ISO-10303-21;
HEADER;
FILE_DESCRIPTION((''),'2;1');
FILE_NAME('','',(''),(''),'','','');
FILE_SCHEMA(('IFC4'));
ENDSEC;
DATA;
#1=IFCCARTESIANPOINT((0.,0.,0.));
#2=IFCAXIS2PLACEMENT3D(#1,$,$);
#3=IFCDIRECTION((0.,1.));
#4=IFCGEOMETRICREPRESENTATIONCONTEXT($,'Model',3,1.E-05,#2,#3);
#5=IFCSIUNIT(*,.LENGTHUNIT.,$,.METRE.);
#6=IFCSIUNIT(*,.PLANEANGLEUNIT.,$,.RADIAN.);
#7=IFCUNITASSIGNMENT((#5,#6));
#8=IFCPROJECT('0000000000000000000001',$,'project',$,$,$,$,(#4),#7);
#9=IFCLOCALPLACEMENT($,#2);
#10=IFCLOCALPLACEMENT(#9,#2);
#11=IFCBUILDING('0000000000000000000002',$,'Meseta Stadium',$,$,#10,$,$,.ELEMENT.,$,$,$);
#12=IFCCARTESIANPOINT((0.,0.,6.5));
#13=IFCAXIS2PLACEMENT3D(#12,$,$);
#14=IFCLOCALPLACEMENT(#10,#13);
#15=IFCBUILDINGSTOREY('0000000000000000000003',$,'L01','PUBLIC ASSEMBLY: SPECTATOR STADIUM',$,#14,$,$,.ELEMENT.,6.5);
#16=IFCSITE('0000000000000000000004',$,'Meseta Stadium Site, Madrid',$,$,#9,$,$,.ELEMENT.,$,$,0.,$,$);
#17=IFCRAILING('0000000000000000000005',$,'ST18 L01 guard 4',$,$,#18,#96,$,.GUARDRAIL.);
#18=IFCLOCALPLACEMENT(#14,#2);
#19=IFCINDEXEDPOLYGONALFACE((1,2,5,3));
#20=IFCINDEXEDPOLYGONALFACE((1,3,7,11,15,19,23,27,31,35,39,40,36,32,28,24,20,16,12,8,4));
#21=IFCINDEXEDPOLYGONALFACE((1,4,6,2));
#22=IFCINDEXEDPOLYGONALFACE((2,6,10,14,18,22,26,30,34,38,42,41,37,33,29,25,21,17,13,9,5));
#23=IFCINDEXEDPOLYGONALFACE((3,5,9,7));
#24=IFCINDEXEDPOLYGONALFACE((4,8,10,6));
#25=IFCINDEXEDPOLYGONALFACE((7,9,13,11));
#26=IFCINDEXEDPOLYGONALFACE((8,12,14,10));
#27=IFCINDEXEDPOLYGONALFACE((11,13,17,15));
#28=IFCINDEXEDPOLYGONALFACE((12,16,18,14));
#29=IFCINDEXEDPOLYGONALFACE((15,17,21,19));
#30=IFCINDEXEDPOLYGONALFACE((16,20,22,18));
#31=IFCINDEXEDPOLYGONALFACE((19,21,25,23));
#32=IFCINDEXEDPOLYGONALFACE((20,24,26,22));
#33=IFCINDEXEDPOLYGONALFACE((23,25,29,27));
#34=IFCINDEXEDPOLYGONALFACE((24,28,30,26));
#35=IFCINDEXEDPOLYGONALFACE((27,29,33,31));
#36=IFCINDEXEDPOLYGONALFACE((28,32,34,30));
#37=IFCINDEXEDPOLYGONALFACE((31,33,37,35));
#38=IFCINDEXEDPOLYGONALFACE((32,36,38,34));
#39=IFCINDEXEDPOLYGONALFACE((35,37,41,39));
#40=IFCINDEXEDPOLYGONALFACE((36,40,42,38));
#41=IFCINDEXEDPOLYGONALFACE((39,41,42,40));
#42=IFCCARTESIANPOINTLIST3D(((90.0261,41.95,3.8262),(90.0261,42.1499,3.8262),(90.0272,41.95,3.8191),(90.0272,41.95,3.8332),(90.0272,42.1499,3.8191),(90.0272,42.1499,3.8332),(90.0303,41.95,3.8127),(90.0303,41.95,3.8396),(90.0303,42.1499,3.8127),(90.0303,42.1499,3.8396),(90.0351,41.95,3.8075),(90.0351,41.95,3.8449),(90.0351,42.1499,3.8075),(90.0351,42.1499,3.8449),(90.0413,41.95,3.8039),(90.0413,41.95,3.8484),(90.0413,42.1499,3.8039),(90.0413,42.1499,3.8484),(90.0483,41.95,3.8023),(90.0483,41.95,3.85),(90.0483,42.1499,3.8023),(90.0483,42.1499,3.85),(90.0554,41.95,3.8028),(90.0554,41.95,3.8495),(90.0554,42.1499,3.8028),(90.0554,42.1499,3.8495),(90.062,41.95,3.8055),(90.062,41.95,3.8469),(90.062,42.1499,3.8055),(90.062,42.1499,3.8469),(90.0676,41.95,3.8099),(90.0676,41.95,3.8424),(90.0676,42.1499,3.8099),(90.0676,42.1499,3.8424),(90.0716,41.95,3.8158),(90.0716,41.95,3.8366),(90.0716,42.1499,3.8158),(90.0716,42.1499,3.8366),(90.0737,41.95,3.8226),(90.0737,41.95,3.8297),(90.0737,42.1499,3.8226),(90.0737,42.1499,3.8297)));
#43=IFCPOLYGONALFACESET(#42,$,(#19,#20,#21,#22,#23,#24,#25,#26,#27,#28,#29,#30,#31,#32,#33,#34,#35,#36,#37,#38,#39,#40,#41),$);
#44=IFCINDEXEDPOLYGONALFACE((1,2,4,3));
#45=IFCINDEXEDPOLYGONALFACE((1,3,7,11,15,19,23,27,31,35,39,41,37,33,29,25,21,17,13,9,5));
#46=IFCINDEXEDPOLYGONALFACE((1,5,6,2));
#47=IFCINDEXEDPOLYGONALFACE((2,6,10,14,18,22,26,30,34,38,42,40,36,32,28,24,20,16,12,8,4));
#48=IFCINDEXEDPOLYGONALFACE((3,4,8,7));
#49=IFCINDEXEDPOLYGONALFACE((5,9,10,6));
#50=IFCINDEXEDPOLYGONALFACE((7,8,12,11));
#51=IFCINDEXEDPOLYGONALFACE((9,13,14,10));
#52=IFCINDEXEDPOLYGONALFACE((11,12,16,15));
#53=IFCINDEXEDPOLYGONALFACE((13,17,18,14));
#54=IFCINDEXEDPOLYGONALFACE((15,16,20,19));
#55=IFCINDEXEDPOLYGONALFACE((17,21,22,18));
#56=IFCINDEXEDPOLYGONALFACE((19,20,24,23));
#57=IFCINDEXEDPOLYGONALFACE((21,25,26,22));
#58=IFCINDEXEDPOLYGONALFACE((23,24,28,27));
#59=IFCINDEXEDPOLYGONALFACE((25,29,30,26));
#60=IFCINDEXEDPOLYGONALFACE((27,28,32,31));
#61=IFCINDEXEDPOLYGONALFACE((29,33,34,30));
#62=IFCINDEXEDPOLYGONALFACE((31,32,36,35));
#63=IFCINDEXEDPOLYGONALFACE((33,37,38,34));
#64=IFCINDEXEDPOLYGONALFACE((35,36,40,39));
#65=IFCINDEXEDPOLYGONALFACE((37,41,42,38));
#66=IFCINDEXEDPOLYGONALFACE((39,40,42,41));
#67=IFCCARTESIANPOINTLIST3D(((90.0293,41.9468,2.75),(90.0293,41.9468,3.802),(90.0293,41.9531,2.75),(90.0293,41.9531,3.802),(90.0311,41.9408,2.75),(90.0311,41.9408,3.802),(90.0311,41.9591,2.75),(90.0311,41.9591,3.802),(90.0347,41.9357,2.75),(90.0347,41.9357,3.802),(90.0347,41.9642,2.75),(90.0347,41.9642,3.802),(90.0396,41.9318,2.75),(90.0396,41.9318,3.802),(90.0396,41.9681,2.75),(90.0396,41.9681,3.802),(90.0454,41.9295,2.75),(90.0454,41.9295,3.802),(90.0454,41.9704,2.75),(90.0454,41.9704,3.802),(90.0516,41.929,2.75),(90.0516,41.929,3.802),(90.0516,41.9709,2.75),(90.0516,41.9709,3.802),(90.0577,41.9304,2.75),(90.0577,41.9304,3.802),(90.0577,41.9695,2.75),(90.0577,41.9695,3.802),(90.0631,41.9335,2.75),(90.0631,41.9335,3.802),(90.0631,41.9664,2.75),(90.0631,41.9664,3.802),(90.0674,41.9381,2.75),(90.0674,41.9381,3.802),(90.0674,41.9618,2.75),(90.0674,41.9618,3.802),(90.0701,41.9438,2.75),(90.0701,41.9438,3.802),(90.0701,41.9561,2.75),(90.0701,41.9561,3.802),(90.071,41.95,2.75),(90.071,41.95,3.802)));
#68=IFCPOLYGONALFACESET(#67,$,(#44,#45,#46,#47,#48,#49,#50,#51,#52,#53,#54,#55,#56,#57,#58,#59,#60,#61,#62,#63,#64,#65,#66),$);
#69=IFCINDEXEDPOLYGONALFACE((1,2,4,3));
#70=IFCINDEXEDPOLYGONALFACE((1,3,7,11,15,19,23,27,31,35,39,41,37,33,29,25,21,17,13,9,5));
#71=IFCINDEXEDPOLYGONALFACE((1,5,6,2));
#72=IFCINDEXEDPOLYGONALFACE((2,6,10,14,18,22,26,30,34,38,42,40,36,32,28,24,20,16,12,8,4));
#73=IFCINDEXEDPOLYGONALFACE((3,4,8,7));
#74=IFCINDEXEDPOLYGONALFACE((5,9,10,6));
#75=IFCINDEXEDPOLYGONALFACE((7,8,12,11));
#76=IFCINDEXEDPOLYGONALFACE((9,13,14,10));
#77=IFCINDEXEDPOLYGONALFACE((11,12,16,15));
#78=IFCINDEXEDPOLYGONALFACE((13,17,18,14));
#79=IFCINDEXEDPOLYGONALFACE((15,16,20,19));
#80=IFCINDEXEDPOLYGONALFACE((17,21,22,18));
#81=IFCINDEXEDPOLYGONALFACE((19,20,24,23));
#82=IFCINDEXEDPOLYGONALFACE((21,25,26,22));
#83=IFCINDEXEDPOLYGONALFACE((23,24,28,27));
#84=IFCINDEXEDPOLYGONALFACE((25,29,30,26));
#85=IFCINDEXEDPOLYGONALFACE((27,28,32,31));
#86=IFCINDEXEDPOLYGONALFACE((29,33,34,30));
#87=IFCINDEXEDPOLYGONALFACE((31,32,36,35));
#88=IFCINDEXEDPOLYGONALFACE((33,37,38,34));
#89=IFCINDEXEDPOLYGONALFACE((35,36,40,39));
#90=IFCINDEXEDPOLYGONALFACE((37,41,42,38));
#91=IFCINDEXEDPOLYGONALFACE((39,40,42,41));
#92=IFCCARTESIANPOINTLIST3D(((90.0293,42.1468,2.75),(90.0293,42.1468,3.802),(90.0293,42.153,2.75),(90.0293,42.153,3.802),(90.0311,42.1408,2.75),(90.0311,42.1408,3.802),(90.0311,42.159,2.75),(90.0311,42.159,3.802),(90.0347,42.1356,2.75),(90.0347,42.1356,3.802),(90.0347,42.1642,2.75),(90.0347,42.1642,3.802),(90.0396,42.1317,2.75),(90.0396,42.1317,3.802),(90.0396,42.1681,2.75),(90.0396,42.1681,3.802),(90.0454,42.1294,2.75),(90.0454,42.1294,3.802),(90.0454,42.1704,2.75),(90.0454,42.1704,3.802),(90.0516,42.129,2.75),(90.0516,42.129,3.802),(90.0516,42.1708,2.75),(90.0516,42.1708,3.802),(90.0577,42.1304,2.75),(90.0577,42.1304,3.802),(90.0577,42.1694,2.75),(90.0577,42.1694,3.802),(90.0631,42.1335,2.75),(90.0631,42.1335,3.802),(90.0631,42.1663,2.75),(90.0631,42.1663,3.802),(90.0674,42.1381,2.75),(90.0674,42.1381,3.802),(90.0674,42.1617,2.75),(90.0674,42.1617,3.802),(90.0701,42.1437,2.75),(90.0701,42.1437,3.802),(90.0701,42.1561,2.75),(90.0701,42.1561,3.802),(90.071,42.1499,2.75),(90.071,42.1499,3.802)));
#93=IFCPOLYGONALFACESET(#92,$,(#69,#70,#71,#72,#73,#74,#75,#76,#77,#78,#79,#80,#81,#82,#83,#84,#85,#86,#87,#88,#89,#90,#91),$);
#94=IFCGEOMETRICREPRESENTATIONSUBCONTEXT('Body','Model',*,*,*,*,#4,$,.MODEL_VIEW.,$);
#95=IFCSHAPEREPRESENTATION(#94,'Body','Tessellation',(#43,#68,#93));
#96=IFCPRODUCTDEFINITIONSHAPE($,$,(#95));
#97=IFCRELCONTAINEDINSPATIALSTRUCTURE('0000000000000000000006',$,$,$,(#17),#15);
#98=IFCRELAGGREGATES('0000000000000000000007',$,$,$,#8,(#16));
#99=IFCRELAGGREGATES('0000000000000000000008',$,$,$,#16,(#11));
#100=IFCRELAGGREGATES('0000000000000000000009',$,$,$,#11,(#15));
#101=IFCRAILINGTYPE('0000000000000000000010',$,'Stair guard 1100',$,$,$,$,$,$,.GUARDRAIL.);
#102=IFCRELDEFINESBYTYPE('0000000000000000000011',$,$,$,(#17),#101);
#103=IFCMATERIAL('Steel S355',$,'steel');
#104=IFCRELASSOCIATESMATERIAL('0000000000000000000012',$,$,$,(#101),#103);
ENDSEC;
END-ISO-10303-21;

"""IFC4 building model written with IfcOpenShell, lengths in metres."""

from ifc_helpers import new_model, si_unit, direction, frame, origin, origin_2d, place, context, subcontext, project, spatial, circle, extrude, material, type_object, element, save


model = new_model("IFC4")

# Units and contexts
model_context = context("Model", 3, precision=1e-05, world=origin(), true_north=direction((0.0, 1.0)))
body_context = subcontext(model_context, "Body", "Model", "MODEL_VIEW")
ifc_project = project(units=[si_unit("LENGTHUNIT", "METRE"), si_unit("PLANEANGLEUNIT", "RADIAN")], contexts=[model_context])

# Site, building, storey
site_placement = place(None, origin())
site = spatial("IfcSite", under=ifc_project, at=site_placement, Name="Meseta Stadium Site, Madrid", CompositionType="ELEMENT", RefElevation=0.0)
building_placement = place(site_placement, origin())
building = spatial("IfcBuilding", under=site, at=building_placement, Name="Meseta Stadium", CompositionType="ELEMENT")
storey_placement = place(building_placement, frame((0.0, 0.0, 6.5)))
storey = spatial("IfcBuildingStorey", under=building, at=storey_placement, Name="L01", Description="PUBLIC ASSEMBLY: SPECTATOR STADIUM", CompositionType="ELEMENT", Elevation=6.5)

# Railing
ifc_material_1 = material(Name="Steel S355", Category="steel")
railing_type_1 = type_object("IfcRailingType", Name="Stair guard 1100", PredefinedType="GUARDRAIL", material=ifc_material_1)
railing_1_placement = place(storey_placement, frame((90.05, 41.95, 2.75)))
element("IfcRailing", 1, at=railing_1_placement, inside=storey, type_object=railing_type_1, Name="ST18 L01 guard 4", PredefinedType="GUARDRAIL", context=body_context, shape_type="SweptSolid", body=[
    extrude(circle(Radius=0.0239, at=origin_2d()), frame((0.0, 0.0, 1.0762), z_axis=(0.0, 1.0, 0.0), x_axis=(-1.0, 0.0, 0.0)), (0.0, 0.0, 1.0), 0.2),
    extrude(circle(Radius=0.021, at=origin_2d()), origin(), (0.0, 0.0, 1.0), 1.052),
    extrude(circle(Radius=0.021, at=origin_2d()), frame((0.0, 0.2, 0.0)), (0.0, 0.0, 1.0), 1.052),
])

save(model, "model.ifc")
